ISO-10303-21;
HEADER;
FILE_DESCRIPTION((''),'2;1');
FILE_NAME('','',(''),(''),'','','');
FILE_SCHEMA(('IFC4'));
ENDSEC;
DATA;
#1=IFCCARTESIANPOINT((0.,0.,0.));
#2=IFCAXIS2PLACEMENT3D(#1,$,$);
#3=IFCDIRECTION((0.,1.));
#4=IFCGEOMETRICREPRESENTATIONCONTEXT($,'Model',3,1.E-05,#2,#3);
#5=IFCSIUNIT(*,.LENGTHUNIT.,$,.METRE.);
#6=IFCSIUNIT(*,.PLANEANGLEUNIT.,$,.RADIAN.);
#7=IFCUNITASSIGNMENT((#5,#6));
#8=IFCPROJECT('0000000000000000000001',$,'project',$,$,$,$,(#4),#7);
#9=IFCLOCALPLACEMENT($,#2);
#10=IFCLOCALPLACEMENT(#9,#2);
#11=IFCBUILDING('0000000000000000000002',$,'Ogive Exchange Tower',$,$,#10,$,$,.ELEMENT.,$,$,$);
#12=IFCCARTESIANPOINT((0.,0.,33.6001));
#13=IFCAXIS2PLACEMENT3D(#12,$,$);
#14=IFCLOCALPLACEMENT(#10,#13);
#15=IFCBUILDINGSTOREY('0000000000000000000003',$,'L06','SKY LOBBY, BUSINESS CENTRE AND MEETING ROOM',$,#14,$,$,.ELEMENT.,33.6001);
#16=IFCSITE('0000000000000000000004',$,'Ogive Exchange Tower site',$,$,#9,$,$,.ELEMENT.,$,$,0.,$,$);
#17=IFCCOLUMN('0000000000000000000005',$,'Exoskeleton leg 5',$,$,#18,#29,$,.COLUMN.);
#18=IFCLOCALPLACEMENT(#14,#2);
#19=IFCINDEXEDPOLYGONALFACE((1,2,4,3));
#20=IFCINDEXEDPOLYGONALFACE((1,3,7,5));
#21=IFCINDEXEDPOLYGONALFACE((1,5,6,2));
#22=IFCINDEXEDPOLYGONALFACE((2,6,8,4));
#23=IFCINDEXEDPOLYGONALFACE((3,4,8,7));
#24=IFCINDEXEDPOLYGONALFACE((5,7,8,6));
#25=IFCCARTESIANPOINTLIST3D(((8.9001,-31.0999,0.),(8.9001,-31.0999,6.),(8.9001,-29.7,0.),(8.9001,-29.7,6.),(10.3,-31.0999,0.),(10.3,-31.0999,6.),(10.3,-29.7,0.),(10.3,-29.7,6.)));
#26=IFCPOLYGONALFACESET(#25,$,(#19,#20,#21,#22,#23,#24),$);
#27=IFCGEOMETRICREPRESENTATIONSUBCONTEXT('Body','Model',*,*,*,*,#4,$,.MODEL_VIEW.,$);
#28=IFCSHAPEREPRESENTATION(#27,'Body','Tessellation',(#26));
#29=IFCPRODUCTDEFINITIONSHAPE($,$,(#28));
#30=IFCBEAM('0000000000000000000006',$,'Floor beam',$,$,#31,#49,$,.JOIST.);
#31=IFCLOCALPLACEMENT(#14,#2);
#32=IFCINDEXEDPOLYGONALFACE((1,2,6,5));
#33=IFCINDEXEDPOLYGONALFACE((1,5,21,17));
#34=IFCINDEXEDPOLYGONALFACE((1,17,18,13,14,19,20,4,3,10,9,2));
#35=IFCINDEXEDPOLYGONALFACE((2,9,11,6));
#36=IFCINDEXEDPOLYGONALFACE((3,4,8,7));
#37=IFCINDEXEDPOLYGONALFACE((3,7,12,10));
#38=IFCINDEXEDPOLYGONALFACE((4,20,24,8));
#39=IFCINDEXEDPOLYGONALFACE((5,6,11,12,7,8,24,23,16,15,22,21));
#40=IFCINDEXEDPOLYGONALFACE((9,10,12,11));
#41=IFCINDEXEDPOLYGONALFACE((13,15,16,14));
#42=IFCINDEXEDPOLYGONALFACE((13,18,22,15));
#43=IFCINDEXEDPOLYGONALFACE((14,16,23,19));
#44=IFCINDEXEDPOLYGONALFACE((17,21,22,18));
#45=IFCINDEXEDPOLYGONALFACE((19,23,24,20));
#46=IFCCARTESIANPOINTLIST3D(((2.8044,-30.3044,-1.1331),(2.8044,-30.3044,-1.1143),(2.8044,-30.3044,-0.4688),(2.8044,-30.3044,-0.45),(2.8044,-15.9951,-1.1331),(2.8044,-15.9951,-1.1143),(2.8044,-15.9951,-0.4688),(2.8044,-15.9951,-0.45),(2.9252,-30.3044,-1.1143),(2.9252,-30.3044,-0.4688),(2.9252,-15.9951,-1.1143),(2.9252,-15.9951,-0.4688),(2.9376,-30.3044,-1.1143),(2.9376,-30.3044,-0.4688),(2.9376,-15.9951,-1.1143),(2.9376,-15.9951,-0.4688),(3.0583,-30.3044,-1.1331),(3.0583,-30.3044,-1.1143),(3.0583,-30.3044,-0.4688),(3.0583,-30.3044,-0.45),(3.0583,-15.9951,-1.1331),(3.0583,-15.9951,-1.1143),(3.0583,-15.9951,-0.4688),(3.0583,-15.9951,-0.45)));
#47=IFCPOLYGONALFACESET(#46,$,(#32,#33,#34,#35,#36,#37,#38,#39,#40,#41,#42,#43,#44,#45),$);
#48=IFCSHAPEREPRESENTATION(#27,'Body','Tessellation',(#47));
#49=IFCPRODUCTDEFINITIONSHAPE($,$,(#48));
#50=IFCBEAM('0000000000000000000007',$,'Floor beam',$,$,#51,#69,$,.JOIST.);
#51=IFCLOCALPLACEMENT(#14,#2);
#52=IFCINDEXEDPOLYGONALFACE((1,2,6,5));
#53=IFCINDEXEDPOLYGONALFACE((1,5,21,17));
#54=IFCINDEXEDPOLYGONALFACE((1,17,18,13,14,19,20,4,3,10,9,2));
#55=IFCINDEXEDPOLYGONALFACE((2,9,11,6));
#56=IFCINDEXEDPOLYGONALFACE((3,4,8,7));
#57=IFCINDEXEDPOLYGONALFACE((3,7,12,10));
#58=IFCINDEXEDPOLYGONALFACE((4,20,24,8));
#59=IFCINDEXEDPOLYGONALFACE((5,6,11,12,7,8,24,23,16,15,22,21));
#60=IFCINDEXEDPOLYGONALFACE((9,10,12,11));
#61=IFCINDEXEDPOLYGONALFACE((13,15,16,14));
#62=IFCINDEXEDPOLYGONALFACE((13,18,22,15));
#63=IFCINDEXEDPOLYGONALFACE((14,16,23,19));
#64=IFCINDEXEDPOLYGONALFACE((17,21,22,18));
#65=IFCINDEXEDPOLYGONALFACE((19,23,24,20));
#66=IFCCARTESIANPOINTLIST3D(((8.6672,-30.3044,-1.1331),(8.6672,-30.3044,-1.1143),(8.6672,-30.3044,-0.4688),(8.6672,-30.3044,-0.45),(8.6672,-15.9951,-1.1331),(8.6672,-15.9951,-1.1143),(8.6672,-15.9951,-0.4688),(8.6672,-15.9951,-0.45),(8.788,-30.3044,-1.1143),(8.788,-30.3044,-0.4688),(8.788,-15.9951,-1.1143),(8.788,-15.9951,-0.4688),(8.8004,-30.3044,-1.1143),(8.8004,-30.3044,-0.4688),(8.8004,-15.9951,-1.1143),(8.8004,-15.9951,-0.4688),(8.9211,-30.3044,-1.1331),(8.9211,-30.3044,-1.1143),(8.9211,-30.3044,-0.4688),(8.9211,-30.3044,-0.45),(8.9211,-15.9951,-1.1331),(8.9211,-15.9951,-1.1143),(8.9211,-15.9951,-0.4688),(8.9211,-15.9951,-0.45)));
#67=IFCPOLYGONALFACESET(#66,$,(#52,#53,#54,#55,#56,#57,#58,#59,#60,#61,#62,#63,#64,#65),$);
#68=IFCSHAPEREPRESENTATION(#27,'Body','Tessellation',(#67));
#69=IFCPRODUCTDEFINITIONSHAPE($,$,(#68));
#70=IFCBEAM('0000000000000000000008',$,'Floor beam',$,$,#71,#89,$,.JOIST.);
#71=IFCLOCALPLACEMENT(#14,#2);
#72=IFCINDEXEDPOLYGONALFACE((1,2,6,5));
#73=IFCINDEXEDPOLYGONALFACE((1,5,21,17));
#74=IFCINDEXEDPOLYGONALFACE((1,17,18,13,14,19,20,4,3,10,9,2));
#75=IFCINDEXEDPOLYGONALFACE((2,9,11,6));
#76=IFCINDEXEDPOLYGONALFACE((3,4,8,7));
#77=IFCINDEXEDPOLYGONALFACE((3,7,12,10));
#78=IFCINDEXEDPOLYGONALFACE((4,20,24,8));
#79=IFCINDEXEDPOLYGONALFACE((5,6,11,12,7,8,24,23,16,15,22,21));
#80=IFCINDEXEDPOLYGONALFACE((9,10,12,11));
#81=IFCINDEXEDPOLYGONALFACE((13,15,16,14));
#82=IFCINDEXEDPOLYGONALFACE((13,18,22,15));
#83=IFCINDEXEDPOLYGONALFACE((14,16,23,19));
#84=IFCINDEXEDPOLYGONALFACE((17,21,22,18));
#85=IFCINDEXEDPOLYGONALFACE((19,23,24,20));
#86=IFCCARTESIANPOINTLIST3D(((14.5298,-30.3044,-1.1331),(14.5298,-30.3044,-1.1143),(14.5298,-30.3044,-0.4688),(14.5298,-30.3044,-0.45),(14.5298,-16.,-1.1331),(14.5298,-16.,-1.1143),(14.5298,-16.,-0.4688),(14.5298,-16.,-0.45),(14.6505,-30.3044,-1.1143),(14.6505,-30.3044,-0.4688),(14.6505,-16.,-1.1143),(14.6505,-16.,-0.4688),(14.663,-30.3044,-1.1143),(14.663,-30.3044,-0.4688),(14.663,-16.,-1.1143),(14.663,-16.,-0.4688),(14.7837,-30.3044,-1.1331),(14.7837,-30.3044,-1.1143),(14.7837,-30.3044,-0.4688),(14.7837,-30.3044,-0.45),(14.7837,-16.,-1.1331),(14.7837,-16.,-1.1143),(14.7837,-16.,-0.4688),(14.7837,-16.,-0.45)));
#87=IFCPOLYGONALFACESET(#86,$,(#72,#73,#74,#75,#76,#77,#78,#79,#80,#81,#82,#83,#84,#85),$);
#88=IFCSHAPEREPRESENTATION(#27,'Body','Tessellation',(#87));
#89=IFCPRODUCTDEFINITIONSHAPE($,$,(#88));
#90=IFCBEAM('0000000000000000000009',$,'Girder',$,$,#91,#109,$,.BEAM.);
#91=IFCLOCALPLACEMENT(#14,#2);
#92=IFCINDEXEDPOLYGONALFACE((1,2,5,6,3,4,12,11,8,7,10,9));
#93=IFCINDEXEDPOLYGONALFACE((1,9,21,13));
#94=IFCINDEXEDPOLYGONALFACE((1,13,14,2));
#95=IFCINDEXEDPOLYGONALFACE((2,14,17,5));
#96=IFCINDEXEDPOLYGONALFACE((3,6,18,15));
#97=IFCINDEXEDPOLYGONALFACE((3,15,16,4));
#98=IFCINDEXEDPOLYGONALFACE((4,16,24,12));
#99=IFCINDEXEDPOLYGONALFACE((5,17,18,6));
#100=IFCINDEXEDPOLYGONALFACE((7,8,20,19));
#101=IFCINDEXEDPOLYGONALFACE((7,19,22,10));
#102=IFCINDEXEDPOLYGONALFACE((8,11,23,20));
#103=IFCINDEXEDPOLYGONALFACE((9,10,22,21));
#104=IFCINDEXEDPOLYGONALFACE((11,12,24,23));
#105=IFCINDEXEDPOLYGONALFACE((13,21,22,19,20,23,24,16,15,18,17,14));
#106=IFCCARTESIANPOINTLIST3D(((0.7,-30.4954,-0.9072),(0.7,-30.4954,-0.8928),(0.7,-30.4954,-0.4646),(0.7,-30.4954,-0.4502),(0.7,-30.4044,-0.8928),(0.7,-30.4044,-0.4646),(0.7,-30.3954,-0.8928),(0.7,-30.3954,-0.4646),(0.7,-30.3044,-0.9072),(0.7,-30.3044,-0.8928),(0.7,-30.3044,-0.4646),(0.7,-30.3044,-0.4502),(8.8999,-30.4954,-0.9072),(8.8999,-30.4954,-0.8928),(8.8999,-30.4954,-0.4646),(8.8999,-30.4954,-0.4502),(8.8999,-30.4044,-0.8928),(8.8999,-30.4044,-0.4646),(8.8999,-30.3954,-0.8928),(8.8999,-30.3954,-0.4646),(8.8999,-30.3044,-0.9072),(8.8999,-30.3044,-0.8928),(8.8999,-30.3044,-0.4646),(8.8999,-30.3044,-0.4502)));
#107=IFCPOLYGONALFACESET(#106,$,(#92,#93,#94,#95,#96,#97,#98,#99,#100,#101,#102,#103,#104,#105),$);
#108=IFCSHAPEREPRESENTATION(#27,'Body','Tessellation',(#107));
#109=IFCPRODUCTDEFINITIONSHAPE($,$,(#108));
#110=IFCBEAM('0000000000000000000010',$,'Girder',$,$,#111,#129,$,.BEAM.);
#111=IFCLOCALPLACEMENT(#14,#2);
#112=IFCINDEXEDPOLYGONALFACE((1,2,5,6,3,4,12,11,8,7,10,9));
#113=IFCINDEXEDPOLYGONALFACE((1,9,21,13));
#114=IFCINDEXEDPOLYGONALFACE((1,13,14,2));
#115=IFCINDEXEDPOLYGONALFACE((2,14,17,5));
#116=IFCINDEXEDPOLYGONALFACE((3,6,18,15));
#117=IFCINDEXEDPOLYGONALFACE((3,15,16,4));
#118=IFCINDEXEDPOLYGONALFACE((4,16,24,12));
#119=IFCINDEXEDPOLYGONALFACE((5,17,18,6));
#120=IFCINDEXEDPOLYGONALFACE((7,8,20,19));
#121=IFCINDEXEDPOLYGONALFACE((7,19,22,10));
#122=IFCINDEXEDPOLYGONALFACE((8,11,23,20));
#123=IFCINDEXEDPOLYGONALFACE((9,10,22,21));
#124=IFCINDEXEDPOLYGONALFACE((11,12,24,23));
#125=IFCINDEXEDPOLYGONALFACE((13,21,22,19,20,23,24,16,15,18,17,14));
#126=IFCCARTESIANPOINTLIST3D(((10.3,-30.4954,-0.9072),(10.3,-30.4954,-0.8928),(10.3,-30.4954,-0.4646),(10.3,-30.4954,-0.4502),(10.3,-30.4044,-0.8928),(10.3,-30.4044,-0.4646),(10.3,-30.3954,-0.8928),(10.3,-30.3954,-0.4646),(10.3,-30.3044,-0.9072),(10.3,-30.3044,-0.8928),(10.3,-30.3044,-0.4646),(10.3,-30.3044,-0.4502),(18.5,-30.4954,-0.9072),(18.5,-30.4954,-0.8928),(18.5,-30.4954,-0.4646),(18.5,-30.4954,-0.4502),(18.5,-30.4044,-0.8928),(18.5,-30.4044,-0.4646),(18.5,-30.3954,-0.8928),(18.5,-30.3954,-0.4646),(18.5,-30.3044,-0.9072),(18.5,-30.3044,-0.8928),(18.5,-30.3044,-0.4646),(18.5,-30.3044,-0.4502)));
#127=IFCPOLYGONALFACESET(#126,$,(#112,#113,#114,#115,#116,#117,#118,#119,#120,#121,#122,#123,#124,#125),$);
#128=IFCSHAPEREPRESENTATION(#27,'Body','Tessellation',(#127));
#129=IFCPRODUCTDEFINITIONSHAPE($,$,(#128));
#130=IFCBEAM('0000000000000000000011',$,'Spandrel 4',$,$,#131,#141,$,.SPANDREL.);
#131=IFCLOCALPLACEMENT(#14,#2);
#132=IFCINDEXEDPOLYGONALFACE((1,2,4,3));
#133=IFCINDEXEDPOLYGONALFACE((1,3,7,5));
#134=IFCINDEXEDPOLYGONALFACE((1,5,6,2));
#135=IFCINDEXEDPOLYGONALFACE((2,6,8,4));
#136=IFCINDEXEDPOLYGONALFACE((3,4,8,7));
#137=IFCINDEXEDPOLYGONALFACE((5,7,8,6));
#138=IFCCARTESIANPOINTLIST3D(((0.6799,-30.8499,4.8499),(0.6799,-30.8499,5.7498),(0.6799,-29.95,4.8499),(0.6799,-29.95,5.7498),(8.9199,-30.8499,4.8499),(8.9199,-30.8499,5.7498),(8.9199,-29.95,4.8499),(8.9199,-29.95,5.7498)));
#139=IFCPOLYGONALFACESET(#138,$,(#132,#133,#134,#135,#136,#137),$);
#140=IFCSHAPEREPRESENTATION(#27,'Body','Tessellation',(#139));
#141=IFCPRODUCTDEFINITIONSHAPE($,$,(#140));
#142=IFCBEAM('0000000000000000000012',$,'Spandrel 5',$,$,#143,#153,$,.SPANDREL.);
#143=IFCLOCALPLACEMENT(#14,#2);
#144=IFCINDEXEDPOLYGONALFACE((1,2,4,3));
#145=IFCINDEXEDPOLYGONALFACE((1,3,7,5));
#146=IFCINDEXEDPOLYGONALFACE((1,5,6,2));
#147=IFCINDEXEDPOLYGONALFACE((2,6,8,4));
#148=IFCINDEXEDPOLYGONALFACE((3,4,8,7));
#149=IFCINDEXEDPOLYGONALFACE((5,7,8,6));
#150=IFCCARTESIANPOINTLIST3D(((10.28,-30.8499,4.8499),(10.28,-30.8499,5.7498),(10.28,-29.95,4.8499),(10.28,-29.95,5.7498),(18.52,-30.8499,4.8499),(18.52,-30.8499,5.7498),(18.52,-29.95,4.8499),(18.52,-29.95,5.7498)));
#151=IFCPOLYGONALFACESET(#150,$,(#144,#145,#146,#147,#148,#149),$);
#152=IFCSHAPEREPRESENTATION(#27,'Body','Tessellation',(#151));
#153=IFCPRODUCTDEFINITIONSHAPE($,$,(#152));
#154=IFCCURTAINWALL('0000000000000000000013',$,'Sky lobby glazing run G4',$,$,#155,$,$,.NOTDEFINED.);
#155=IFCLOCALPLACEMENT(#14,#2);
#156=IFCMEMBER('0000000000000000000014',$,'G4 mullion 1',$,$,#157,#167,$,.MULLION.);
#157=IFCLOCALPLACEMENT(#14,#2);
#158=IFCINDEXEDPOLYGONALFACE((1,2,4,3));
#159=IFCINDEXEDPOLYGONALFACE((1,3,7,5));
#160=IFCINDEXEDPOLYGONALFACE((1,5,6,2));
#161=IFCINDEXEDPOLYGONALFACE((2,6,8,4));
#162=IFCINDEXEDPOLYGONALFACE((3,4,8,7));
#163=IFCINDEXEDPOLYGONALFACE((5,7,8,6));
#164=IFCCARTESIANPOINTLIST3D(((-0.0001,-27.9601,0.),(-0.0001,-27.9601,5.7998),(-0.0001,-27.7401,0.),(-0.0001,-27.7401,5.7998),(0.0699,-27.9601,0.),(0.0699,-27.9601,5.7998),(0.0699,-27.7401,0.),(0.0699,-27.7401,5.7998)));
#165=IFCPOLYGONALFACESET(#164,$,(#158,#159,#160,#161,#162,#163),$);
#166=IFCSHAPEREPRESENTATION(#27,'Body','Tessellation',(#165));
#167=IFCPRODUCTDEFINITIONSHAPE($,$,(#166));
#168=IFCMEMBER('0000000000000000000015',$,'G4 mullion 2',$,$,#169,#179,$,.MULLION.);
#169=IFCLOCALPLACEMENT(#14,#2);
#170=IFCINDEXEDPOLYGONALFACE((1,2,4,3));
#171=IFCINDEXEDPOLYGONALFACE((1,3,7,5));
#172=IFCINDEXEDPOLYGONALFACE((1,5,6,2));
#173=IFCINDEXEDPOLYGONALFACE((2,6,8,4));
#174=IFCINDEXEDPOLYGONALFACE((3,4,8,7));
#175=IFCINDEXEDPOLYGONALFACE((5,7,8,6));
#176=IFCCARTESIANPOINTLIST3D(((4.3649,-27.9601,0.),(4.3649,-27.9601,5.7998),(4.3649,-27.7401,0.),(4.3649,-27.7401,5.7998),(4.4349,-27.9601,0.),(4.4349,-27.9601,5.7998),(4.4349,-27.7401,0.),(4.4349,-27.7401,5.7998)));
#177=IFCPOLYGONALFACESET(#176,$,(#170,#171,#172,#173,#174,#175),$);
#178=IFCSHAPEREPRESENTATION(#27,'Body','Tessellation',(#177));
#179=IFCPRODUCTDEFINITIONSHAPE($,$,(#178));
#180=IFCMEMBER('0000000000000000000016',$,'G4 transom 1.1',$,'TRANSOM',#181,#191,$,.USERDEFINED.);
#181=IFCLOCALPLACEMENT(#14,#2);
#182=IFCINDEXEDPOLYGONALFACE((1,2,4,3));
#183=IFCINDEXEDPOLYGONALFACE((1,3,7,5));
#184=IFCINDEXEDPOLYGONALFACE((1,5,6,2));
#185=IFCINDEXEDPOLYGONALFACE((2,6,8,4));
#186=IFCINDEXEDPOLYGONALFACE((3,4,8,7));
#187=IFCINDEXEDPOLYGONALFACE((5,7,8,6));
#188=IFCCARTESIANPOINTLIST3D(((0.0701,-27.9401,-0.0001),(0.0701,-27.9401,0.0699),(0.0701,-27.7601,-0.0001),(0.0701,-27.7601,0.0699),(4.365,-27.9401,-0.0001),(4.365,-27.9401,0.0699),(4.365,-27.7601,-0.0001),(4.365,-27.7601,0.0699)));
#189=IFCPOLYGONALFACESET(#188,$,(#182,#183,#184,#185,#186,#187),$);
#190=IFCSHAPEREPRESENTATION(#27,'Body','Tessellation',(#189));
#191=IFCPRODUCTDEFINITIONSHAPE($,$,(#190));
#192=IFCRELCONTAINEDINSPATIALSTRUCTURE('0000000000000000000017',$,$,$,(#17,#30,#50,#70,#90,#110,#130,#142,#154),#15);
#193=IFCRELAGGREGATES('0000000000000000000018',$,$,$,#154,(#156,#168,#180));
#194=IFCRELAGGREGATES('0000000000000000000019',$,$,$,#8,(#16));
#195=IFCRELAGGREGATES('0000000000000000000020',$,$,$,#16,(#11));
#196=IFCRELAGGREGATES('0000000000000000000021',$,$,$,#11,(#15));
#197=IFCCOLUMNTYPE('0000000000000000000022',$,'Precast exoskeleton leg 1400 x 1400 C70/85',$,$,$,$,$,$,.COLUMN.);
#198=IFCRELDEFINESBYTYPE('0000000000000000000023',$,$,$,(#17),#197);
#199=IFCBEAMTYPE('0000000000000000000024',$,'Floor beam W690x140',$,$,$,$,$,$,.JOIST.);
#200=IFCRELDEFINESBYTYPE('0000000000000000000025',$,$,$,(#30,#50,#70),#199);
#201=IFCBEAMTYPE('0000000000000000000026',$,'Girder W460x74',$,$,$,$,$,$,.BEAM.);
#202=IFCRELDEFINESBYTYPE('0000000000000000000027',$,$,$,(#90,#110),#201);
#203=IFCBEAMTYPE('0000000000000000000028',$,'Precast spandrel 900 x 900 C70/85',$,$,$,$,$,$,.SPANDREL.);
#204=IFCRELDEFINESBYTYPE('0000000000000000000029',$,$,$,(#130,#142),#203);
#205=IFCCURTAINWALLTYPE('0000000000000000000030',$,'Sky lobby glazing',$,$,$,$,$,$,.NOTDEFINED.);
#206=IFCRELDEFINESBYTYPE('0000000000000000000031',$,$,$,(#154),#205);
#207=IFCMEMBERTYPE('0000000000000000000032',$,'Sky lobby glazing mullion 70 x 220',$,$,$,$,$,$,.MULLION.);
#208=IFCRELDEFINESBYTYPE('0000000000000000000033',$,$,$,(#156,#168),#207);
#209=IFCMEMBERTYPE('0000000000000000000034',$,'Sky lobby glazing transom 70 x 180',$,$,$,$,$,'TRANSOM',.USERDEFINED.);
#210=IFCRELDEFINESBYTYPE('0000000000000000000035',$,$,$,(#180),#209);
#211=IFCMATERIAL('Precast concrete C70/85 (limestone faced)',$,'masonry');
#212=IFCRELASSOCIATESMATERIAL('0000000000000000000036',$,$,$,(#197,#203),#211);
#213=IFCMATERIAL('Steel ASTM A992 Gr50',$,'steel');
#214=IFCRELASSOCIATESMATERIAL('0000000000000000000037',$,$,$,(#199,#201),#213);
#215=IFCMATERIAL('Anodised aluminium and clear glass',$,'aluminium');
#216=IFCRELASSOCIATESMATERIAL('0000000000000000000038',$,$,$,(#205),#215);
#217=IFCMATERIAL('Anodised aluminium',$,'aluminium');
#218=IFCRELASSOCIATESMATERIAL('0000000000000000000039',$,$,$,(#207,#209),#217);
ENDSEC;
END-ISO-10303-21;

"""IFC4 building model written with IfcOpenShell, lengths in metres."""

from ifc_helpers import new_model, si_unit, direction, frame, origin, origin_2d, place, context, subcontext, project, spatial, rectangle, i_section, extrude, material, material_profile, profile_set, type_object, element, aggregate, save


model = new_model("IFC4")

# Units and contexts
model_context = context("Model", 3, precision=1e-05, world=origin(), true_north=direction((0.0, 1.0)))
body_context = subcontext(model_context, "Body", "Model", "MODEL_VIEW")
ifc_project = project(units=[si_unit("LENGTHUNIT", "METRE"), si_unit("PLANEANGLEUNIT", "RADIAN")], contexts=[model_context])

# Site, building, storey
site_placement = place(None, origin())
site = spatial("IfcSite", under=ifc_project, at=site_placement, Name="Ogive Exchange Tower site", CompositionType="ELEMENT", RefElevation=0.0)
building_placement = place(site_placement, origin())
building = spatial("IfcBuilding", under=site, at=building_placement, Name="Ogive Exchange Tower", CompositionType="ELEMENT")
storey_placement = place(building_placement, frame((0.0, 0.0, 33.6001)))
storey = spatial("IfcBuildingStorey", under=building, at=storey_placement, Name="L06", Description="SKY LOBBY, BUSINESS CENTRE AND MEETING ROOM", CompositionType="ELEMENT", Elevation=33.6001)

# Column
ifc_material_1 = material(Name="Precast concrete C70/85 (limestone faced)", Category="masonry")
ifc_material_profile_1 = material_profile(ifc_material_1, rectangle(XDim=1.3999, YDim=1.3999, at=origin_2d()), Name="1400 x 1400")
ifc_profile_set_1 = profile_set([ifc_material_profile_1], Name="Precast concrete C70/85 (limestone faced)")
column_type = type_object("IfcColumnType", Name="Precast exoskeleton leg 1400 x 1400 C70/85", PredefinedType="COLUMN", material=ifc_profile_set_1)
column_placement = place(storey_placement, frame((9.6001, -30.3999, 0.0), z_axis=(0.0, 0.0, 1.0), x_axis=(1.0, 0.0, 0.0)))
element("IfcColumn", 1, at=column_placement, inside=storey, type_object=column_type, Name="Exoskeleton leg 5", PredefinedType="COLUMN", context=body_context, shape_type="SweptSolid", body=[
    extrude(rectangle(XDim=1.3999, YDim=1.3999, at=origin_2d()), origin(), (0.0, 0.0, 1.0), 6.0),
])

# Beams
ifc_material_2 = material(Name="Steel ASTM A992 Gr50", Category="steel")
ifc_material_profile_2 = material_profile(ifc_material_2, i_section(OverallWidth=0.2539, OverallDepth=0.6831, WebThickness=0.0125, FlangeThickness=0.0188, at=origin_2d()), Name="W690x140")
ifc_profile_set_2 = profile_set([ifc_material_profile_2], Name="Steel ASTM A992 Gr50")
beam_type_1 = type_object("IfcBeamType", Name="Floor beam W690x140", PredefinedType="JOIST", material=ifc_profile_set_2)
for number, where, z_axis, x_axis, name in (
    (2, (2.9314, -30.3044, -0.7915), (0.0, 1.0, 0.0), (-1.0, 0.0, 0.0), "Floor beam"),
    (3, (8.7942, -30.3044, -0.7915), (0.0, 1.0, 0.0), (-1.0, 0.0, 0.0), "Floor beam"),
):
    element("IfcBeam", number, at=place(storey_placement, frame(where, z_axis=z_axis, x_axis=x_axis)), inside=storey, type_object=beam_type_1, Name=name, PredefinedType="JOIST", context=body_context, shape_type="SweptSolid", body=[
        extrude(i_section(OverallWidth=0.2539, OverallDepth=0.6831, WebThickness=0.0125, FlangeThickness=0.0188, at=origin_2d()), origin(), (0.0, 0.0, 1.0), 14.3093),
    ])
beam_placement = place(storey_placement, frame((14.6567, -30.3044, -0.7915), z_axis=(0.0, 1.0, 0.0), x_axis=(-1.0, 0.0, 0.0)))
element("IfcBeam", 4, at=beam_placement, inside=storey, type_object=beam_type_1, Name="Floor beam", PredefinedType="JOIST", context=body_context, shape_type="SweptSolid", body=[
    extrude(i_section(OverallWidth=0.2539, OverallDepth=0.6831, WebThickness=0.0125, FlangeThickness=0.0188, at=origin_2d()), origin(), (0.0, 0.0, 1.0), 14.3044),
])
ifc_material_profile_3 = material_profile(ifc_material_2, i_section(OverallWidth=0.1909, OverallDepth=0.457, WebThickness=0.009, FlangeThickness=0.0144, at=origin_2d()), Name="W460x74")
ifc_profile_set_3 = profile_set([ifc_material_profile_3], Name="Steel ASTM A992 Gr50")
beam_type_2 = type_object("IfcBeamType", Name="Girder W460x74", PredefinedType="BEAM", material=ifc_profile_set_3)
for number, where, z_axis, x_axis, name in (
    (5, (0.7, -30.3999, -0.6787), (1.0, 0.0, 0.0), (0.0, 1.0, 0.0), "Girder"),
    (6, (10.3, -30.3999, -0.6787), (1.0, 0.0, 0.0), (0.0, 1.0, 0.0), "Girder"),
):
    element("IfcBeam", number, at=place(storey_placement, frame(where, z_axis=z_axis, x_axis=x_axis)), inside=storey, type_object=beam_type_2, Name=name, PredefinedType="BEAM", context=body_context, shape_type="SweptSolid", body=[
        extrude(i_section(OverallWidth=0.1909, OverallDepth=0.457, WebThickness=0.009, FlangeThickness=0.0144, at=origin_2d()), origin(), (0.0, 0.0, 1.0), 8.2),
    ])
ifc_material_profile_4 = material_profile(ifc_material_1, rectangle(XDim=0.8999, YDim=0.8999, at=origin_2d()), Name="900 x 900")
ifc_profile_set_4 = profile_set([ifc_material_profile_4], Name="Precast concrete C70/85 (limestone faced)")
beam_type_3 = type_object("IfcBeamType", Name="Precast spandrel 900 x 900 C70/85", PredefinedType="SPANDREL", material=ifc_profile_set_4)
for number, where, z_axis, x_axis, name in (
    (7, (0.6799, -30.3999, 5.2998), (1.0, 0.0, 0.0), (0.0, 1.0, 0.0), "Spandrel 4"),
    (8, (10.28, -30.3999, 5.2998), (1.0, 0.0, 0.0), (0.0, 1.0, 0.0), "Spandrel 5"),
):
    element("IfcBeam", number, at=place(storey_placement, frame(where, z_axis=z_axis, x_axis=x_axis)), inside=storey, type_object=beam_type_3, Name=name, PredefinedType="SPANDREL", context=body_context, shape_type="SweptSolid", body=[
        extrude(rectangle(XDim=0.8999, YDim=0.8999, at=origin_2d()), origin(), (0.0, 0.0, 1.0), 8.24),
    ])

# Curtain wall, members
ifc_material_3 = material(Name="Anodised aluminium and clear glass", Category="aluminium")
curtain_wall_type = type_object("IfcCurtainWallType", Name="Sky lobby glazing", PredefinedType="NOTDEFINED", material=ifc_material_3)
curtain_wall_placement = place(storey_placement, origin())
curtain_wall = element("IfcCurtainWall", 9, at=curtain_wall_placement, inside=storey, type_object=curtain_wall_type, Name="Sky lobby glazing run G4", PredefinedType="NOTDEFINED")
ifc_material_4 = material(Name="Anodised aluminium", Category="aluminium")
ifc_material_profile_5 = material_profile(ifc_material_4, rectangle(XDim=0.22, YDim=0.0701, at=origin_2d()), Name="AL 70x220")
ifc_profile_set_5 = profile_set([ifc_material_profile_5], Name="Anodised aluminium")
member_type_1 = type_object("IfcMemberType", Name="Sky lobby glazing mullion 70 x 220", PredefinedType="MULLION", material=ifc_profile_set_5)
member_1_placement = place(storey_placement, frame((0.0349, -27.8501, 0.0), z_axis=(0.0, 0.0, 1.0), x_axis=(0.0, 1.0, 0.0)))
member_1 = element("IfcMember", 10, at=member_1_placement, type_object=member_type_1, Name="G4 mullion 1", PredefinedType="MULLION", context=body_context, shape_type="SweptSolid", body=[
    extrude(rectangle(XDim=0.22, YDim=0.0701, at=origin_2d()), origin(), (0.0, 0.0, 1.0), 5.7998),
])
member_2_placement = place(storey_placement, frame((4.3999, -27.8501, 0.0), z_axis=(0.0, 0.0, 1.0), x_axis=(0.0, 1.0, 0.0)))
member_2 = element("IfcMember", 11, at=member_2_placement, type_object=member_type_1, Name="G4 mullion 2", PredefinedType="MULLION", context=body_context, shape_type="SweptSolid", body=[
    extrude(rectangle(XDim=0.22, YDim=0.0701, at=origin_2d()), origin(), (0.0, 0.0, 1.0), 5.7998),
])
ifc_material_profile_6 = material_profile(ifc_material_4, rectangle(XDim=0.1799, YDim=0.0701, at=origin_2d()), Name="AL 70x180")
ifc_profile_set_6 = profile_set([ifc_material_profile_6], Name="Anodised aluminium")
member_type_2 = type_object("IfcMemberType", Name="Sky lobby glazing transom 70 x 180", ElementType="TRANSOM", PredefinedType="USERDEFINED", material=ifc_profile_set_6)
member_3_placement = place(storey_placement, frame((0.0701, -27.8501, 0.0349), z_axis=(1.0, 0.0, 0.0), x_axis=(0.0, 1.0, 0.0)))
member_3 = element("IfcMember", 12, at=member_3_placement, type_object=member_type_2, Name="G4 transom 1.1", ObjectType="TRANSOM", PredefinedType="USERDEFINED", context=body_context, shape_type="SweptSolid", body=[
    extrude(rectangle(XDim=0.1799, YDim=0.0701, at=origin_2d()), origin(), (0.0, 0.0, 1.0), 4.2949),
])
aggregate(curtain_wall, [member_1, member_2, member_3])

save(model, "model.ifc")
